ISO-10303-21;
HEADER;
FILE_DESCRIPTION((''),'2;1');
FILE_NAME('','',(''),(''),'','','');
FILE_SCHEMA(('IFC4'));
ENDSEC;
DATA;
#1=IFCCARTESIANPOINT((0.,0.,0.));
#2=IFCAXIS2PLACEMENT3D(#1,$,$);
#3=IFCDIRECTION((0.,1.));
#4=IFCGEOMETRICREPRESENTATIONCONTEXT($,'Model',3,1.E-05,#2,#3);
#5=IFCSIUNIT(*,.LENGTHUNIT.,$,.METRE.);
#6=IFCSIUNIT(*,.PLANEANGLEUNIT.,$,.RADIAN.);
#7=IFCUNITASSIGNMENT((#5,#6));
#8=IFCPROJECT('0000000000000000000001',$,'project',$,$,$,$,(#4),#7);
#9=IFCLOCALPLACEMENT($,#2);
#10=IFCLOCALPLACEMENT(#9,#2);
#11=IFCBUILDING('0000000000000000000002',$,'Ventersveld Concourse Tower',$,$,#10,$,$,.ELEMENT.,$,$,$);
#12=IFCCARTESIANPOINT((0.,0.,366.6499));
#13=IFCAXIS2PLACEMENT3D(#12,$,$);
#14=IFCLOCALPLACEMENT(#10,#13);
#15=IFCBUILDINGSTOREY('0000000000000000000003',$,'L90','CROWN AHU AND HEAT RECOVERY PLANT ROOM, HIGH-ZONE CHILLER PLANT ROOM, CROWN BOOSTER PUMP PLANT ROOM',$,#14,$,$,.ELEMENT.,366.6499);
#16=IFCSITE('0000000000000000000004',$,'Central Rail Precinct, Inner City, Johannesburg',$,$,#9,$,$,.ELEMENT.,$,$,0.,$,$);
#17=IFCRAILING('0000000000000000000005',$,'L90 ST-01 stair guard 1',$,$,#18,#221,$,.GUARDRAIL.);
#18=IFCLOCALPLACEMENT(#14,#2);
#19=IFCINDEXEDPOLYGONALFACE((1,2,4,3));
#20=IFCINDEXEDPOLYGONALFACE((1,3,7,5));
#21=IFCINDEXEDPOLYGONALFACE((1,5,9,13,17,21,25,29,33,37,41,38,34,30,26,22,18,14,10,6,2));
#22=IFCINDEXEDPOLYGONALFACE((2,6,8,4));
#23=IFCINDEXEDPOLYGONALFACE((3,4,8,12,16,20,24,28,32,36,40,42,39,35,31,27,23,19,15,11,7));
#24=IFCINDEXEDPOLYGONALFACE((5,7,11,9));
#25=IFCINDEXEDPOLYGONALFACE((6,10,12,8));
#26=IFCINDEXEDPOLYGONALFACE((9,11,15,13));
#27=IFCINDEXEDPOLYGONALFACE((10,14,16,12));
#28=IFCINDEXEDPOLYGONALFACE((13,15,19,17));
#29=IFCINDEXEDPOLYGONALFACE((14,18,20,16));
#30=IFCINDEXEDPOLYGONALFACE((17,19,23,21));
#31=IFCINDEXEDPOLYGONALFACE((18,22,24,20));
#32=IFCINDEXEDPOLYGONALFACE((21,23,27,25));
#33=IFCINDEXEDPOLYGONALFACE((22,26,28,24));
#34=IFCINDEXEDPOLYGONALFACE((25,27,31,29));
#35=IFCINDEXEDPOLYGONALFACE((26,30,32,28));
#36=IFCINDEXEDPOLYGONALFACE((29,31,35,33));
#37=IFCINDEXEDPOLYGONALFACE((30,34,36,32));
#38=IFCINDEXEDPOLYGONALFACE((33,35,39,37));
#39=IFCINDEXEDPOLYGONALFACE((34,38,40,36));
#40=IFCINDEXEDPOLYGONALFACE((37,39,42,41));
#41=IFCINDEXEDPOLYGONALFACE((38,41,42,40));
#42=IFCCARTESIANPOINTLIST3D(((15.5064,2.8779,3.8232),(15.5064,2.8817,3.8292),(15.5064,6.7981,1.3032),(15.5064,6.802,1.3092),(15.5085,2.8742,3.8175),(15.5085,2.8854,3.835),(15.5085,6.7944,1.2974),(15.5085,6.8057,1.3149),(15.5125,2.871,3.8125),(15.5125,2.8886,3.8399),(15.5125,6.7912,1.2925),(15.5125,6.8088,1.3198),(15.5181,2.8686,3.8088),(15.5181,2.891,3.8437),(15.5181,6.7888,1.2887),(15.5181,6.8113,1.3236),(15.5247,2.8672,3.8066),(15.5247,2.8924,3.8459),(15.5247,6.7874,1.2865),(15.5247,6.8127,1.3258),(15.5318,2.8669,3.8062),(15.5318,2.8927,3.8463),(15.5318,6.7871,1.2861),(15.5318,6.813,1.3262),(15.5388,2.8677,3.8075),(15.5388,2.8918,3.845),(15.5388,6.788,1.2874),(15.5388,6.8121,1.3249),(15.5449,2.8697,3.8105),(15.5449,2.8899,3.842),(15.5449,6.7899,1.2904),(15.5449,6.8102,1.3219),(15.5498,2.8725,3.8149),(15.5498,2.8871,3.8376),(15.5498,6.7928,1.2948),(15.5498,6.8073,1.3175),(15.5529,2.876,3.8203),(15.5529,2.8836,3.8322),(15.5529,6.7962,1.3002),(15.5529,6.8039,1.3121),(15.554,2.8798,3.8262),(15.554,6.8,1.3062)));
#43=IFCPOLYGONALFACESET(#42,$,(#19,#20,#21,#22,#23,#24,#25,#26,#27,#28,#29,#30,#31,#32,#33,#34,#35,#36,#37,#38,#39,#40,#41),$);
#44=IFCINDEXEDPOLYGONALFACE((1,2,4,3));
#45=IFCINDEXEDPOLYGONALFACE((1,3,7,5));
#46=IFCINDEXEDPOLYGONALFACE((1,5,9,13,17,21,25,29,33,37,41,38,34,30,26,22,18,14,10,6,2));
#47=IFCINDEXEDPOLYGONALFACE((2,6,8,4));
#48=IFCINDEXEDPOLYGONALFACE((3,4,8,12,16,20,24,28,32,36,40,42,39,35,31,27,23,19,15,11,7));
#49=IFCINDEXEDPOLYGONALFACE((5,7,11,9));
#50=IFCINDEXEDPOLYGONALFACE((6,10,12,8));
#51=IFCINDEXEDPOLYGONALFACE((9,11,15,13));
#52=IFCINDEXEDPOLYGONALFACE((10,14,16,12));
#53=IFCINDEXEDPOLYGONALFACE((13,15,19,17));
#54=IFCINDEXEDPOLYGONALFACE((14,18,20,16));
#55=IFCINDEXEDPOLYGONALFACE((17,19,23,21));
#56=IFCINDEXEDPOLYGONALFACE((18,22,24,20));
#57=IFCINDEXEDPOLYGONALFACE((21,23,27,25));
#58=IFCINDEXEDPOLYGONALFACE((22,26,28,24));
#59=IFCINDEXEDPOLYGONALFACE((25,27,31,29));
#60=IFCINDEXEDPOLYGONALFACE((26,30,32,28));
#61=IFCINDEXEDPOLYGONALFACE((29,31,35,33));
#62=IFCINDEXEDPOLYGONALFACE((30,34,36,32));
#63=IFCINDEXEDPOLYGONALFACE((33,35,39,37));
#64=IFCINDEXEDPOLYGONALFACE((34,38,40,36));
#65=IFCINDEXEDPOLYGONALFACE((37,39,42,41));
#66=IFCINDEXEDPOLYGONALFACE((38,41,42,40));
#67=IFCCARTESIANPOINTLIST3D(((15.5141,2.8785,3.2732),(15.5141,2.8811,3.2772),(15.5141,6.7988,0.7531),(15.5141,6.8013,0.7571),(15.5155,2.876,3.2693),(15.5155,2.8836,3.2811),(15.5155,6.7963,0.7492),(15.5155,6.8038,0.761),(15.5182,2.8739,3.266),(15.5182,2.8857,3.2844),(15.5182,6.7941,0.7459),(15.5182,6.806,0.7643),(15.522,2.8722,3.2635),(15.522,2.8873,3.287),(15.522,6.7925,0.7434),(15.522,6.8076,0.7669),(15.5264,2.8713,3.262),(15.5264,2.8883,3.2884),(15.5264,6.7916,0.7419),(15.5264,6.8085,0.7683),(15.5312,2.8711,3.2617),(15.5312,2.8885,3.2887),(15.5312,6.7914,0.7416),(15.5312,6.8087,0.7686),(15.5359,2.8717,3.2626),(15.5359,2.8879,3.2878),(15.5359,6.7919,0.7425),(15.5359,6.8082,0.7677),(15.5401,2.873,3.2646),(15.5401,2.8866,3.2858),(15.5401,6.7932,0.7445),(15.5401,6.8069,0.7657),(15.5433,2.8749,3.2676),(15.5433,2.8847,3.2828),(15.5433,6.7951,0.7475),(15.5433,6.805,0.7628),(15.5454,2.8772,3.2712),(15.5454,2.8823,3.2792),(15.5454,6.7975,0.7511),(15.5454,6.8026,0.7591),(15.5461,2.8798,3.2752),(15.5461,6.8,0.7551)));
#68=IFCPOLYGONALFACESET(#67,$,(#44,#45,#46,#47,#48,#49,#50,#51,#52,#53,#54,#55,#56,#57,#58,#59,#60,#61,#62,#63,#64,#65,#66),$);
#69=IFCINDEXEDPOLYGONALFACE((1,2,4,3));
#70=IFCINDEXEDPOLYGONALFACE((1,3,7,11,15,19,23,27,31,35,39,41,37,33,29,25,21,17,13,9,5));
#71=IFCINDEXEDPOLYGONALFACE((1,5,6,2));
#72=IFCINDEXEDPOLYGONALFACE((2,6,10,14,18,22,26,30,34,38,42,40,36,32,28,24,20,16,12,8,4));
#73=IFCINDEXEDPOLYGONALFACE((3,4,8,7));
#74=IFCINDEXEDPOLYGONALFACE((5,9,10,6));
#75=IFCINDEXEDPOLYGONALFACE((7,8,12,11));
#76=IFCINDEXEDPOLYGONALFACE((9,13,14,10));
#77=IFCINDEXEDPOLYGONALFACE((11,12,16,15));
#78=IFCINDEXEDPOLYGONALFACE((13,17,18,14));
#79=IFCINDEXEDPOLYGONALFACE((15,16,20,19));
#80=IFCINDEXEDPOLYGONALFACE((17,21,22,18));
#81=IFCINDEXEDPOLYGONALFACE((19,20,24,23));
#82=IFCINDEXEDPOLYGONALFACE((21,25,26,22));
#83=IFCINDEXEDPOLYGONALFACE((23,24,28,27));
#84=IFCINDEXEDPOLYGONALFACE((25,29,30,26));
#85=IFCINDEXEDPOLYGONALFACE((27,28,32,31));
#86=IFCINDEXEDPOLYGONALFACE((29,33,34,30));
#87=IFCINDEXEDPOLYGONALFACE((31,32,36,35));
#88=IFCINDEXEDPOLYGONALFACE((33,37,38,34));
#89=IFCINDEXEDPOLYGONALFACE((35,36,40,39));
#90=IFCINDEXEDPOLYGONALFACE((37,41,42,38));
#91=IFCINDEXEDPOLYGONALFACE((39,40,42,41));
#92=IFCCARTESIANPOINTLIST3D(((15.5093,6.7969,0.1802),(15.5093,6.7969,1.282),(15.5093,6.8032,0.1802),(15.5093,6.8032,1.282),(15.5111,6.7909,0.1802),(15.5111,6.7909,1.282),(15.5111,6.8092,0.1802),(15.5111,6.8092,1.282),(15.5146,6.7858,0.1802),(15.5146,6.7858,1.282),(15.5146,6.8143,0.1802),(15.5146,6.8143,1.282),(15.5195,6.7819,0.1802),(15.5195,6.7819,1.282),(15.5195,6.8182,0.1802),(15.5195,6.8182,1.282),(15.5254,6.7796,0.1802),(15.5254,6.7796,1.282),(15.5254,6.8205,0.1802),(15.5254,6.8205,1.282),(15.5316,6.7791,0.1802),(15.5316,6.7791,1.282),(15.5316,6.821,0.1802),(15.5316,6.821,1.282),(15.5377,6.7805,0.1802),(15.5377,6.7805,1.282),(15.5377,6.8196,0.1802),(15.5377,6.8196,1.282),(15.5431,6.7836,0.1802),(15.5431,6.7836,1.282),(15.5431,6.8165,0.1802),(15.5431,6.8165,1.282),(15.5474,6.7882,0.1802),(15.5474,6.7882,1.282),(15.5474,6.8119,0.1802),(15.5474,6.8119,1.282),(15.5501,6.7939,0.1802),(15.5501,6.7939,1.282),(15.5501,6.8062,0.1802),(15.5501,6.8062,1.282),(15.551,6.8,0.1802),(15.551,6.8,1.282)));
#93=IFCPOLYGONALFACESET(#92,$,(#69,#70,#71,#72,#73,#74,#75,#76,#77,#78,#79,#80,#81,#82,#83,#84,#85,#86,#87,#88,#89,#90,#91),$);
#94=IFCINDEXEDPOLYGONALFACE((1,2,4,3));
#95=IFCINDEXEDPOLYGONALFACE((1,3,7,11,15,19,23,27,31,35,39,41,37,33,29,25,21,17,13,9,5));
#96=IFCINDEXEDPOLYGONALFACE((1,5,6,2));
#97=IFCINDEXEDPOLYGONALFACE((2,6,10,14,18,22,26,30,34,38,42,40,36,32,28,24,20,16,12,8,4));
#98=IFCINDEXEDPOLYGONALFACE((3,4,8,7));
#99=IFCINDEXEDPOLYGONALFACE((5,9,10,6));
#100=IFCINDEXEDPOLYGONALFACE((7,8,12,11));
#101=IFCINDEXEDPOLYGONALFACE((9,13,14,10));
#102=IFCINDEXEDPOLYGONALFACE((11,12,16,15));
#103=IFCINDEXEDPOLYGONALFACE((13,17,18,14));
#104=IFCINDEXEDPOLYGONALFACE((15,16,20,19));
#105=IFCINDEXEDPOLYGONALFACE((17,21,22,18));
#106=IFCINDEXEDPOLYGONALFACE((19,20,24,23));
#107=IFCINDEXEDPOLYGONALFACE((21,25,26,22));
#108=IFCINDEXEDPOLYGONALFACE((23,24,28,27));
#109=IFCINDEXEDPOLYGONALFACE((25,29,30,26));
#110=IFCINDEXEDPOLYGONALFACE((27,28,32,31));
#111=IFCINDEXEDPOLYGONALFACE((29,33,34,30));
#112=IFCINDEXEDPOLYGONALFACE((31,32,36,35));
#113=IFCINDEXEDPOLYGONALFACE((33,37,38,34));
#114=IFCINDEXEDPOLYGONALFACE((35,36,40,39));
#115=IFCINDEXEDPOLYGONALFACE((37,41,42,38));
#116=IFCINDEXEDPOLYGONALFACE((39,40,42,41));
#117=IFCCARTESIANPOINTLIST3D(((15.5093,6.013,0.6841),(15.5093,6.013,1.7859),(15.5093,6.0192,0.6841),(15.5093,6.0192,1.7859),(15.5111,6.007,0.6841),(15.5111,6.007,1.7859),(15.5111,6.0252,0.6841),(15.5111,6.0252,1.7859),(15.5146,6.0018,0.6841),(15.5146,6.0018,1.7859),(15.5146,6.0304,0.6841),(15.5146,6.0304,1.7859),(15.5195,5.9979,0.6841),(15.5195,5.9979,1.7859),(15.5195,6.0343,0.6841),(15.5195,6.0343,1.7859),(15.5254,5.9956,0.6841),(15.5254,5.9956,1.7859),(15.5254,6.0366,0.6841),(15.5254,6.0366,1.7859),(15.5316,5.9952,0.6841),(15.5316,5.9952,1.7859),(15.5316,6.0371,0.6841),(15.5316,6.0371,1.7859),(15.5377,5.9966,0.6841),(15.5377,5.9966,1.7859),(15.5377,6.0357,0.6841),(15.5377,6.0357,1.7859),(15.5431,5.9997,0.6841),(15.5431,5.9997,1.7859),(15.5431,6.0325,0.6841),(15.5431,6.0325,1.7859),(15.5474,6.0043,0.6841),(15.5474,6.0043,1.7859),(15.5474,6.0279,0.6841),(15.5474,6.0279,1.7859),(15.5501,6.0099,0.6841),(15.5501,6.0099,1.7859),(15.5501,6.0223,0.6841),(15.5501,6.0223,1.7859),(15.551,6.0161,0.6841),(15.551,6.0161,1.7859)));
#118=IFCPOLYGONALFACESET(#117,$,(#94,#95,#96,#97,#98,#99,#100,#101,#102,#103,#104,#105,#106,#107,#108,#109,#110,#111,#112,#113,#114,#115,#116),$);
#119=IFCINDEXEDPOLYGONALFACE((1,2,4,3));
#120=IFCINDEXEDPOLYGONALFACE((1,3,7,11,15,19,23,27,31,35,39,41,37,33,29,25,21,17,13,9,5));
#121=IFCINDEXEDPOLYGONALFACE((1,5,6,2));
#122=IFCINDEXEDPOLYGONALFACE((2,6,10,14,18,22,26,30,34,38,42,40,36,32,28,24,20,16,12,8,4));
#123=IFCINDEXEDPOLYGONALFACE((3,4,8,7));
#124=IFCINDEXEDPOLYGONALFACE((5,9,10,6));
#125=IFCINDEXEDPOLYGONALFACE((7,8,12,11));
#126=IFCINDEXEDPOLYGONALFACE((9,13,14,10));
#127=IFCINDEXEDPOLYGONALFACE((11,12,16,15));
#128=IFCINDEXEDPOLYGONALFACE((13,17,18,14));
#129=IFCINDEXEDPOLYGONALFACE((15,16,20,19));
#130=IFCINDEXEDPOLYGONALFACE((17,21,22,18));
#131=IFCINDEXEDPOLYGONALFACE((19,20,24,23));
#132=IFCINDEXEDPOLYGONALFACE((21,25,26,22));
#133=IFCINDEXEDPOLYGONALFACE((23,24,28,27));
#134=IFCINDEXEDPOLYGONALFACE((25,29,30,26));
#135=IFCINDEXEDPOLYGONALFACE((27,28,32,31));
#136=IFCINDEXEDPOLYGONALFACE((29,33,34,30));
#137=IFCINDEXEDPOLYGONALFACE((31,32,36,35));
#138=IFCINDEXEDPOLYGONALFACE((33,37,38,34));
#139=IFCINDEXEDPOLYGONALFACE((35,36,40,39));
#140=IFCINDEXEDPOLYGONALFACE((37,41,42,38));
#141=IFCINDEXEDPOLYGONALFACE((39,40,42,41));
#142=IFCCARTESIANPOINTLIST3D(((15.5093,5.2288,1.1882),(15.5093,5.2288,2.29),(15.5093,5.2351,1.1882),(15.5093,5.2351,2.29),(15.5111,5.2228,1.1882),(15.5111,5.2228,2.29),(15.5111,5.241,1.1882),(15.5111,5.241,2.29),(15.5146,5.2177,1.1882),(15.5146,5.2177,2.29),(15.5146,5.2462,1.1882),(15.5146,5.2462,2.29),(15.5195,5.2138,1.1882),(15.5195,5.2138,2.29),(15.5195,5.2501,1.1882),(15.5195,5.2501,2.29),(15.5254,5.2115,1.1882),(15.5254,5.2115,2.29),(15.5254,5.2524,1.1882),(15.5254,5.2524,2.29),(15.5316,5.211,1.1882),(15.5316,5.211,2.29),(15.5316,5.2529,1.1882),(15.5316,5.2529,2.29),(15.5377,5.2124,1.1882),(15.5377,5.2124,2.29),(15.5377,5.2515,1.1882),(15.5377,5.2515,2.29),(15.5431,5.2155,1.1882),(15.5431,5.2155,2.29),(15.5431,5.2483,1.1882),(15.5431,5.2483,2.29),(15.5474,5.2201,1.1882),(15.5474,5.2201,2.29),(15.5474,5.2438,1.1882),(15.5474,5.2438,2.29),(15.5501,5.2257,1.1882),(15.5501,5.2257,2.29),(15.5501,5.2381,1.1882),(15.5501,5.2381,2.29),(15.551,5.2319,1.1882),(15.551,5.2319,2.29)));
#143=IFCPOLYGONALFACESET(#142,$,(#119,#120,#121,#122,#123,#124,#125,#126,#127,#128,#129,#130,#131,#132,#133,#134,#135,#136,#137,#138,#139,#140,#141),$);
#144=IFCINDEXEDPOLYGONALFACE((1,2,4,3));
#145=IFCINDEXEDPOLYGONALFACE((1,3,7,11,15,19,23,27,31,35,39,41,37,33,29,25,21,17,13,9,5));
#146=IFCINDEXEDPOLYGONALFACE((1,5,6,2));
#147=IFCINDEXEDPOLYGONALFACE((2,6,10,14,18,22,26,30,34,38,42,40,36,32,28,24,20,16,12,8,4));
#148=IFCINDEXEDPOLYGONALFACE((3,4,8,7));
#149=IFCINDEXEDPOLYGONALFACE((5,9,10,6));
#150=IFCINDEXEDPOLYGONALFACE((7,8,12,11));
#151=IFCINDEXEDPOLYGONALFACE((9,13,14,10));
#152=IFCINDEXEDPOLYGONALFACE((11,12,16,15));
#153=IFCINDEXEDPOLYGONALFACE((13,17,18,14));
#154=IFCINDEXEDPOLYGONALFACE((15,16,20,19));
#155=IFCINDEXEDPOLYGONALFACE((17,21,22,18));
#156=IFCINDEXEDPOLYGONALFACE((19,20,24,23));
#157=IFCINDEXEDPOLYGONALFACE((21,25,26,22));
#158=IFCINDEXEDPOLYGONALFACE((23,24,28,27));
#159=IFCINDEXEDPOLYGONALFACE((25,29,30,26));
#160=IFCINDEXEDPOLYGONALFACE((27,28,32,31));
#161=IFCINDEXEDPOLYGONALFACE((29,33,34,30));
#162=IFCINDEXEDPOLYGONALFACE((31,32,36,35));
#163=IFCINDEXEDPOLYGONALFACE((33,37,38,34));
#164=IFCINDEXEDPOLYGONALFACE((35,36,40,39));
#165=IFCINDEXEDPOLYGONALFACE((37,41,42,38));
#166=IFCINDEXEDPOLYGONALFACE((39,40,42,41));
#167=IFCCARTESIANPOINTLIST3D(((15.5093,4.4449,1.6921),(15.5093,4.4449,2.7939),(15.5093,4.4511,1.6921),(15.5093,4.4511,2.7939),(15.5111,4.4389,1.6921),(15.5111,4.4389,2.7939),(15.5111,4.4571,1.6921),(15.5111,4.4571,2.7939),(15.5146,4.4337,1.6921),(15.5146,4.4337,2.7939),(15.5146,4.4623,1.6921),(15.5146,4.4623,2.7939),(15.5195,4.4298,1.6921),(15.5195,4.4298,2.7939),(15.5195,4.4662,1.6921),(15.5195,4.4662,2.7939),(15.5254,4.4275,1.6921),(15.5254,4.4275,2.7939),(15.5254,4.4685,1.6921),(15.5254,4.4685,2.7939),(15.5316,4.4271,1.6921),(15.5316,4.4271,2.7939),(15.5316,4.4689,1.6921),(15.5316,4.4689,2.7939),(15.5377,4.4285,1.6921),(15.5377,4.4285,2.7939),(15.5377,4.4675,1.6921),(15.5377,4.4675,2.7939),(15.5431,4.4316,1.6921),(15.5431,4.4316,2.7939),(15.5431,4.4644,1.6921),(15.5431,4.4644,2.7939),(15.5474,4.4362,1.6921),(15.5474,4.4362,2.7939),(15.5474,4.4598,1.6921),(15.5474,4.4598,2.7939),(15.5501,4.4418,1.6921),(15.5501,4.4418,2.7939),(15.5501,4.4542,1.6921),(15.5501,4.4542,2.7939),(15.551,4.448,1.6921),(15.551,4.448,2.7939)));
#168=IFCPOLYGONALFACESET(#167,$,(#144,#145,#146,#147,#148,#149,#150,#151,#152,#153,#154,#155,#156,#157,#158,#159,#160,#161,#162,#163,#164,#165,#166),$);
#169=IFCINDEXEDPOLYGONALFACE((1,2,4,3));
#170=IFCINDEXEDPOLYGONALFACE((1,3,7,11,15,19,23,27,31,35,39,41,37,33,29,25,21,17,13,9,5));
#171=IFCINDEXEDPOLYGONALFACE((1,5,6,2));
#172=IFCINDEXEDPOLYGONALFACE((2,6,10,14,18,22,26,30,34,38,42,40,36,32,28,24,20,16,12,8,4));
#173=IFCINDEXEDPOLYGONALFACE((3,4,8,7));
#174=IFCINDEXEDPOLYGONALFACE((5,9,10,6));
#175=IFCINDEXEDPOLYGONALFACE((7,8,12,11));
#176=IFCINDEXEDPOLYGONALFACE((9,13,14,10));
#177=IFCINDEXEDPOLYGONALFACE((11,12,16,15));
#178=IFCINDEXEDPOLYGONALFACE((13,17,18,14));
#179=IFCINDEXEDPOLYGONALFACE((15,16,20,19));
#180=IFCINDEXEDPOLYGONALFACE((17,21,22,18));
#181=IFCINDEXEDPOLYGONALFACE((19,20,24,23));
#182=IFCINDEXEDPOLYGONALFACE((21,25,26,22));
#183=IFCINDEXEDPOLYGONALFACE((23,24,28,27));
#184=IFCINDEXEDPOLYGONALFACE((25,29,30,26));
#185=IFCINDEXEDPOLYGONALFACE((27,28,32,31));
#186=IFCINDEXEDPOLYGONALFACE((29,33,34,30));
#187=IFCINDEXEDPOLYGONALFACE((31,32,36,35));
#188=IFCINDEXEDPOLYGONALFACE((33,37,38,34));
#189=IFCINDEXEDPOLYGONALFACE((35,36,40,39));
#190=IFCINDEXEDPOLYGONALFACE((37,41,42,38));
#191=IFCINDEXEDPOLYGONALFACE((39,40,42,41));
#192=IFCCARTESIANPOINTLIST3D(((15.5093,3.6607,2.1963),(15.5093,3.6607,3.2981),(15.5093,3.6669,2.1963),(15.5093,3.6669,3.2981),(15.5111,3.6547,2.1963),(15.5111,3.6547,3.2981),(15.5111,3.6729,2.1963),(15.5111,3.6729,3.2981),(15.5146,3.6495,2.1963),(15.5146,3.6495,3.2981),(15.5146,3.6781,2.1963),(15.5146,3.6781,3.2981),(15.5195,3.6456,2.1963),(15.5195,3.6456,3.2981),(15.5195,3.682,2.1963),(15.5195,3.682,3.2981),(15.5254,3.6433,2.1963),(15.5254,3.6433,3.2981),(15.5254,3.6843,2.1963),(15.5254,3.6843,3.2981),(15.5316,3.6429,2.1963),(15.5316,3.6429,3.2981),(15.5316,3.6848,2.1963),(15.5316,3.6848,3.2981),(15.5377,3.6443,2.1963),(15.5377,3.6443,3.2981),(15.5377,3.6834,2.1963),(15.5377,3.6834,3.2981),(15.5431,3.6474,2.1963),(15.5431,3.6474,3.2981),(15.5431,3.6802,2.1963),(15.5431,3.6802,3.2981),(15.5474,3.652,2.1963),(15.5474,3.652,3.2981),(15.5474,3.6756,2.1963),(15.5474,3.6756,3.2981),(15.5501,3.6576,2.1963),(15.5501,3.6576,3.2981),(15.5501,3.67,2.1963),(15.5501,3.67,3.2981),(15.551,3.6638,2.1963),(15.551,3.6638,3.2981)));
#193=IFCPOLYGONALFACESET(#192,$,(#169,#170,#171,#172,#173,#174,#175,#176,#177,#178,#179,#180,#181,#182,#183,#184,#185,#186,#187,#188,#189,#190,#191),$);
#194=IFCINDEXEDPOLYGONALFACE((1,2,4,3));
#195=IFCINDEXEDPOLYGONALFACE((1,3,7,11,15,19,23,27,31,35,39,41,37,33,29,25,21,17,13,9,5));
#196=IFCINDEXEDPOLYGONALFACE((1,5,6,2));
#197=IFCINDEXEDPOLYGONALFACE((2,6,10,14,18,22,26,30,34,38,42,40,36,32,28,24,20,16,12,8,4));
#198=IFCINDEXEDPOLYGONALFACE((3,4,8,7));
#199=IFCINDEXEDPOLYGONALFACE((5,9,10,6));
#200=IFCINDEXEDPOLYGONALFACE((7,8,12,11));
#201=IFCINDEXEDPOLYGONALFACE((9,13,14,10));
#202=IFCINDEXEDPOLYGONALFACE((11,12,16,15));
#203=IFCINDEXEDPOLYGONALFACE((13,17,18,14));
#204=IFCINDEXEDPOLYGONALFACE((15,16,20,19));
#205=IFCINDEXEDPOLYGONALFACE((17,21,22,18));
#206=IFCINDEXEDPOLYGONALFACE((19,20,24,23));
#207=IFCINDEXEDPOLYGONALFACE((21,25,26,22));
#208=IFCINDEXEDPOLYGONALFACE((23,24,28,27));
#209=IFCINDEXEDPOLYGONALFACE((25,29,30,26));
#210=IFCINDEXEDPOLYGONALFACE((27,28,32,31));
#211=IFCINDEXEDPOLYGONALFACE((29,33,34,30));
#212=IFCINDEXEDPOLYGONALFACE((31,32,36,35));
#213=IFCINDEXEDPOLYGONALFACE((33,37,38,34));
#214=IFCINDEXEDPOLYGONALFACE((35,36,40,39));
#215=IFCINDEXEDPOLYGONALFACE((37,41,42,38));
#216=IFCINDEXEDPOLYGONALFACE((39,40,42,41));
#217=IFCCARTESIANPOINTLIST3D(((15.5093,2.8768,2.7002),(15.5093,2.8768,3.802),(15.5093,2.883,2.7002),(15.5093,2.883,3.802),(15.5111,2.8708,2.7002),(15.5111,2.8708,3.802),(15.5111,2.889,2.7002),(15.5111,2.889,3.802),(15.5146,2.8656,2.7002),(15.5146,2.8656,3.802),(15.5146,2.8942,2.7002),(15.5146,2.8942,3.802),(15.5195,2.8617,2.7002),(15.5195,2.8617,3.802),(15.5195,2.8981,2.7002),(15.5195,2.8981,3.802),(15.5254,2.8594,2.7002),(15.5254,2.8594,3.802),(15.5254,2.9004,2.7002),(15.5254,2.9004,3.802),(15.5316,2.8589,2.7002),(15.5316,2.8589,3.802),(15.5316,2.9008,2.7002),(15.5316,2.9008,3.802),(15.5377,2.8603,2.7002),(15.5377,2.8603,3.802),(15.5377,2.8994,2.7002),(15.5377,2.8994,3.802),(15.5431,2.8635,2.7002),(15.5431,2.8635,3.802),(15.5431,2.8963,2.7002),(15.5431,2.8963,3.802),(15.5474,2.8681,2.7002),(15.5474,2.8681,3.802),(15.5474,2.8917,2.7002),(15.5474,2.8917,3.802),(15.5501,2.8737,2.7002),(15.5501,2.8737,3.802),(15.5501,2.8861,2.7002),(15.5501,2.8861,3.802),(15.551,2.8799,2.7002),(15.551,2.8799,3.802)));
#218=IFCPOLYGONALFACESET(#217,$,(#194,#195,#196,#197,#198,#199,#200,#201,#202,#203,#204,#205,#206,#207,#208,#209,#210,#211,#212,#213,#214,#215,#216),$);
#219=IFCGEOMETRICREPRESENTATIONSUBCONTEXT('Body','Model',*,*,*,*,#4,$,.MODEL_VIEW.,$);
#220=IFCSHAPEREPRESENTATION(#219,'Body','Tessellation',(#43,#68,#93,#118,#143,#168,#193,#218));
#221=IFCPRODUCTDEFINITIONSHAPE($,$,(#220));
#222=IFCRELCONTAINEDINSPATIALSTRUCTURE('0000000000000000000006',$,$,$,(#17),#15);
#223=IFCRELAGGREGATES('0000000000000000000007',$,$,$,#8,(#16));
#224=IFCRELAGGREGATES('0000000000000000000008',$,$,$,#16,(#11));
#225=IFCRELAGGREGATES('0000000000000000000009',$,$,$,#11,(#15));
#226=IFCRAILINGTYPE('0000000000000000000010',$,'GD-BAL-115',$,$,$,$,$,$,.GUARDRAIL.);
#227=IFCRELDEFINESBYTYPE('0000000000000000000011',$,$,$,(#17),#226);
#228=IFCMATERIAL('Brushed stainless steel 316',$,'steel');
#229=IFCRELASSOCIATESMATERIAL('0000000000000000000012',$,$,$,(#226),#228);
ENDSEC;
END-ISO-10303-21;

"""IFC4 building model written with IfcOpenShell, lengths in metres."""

from ifc_helpers import new_model, si_unit, direction, frame, origin, origin_2d, place, context, subcontext, project, spatial, circle, extrude, material, type_object, element, save


model = new_model("IFC4")

# Units and contexts
model_context = context("Model", 3, precision=1e-05, world=origin(), true_north=direction((0.0, 1.0)))
body_context = subcontext(model_context, "Body", "Model", "MODEL_VIEW")
ifc_project = project(units=[si_unit("LENGTHUNIT", "METRE"), si_unit("PLANEANGLEUNIT", "RADIAN")], contexts=[model_context])

# Site, building, storey
site_placement = place(None, origin())
site = spatial("IfcSite", under=ifc_project, at=site_placement, Name="Central Rail Precinct, Inner City, Johannesburg", CompositionType="ELEMENT", RefElevation=0.0)
building_placement = place(site_placement, origin())
building = spatial("IfcBuilding", under=site, at=building_placement, Name="Ventersveld Concourse Tower", CompositionType="ELEMENT")
storey_placement = place(building_placement, frame((0.0, 0.0, 366.6499)))
storey = spatial("IfcBuildingStorey", under=building, at=storey_placement, Name="L90", Description="CROWN AHU AND HEAT RECOVERY PLANT ROOM, HIGH-ZONE CHILLER PLANT ROOM, CROWN BOOSTER PUMP PLANT ROOM", CompositionType="ELEMENT", Elevation=366.6499)

# Shared definitions
ifc_material_1 = material(Name="Brushed stainless steel 316", Category="steel")

# Railing
railing_type_1 = type_object("IfcRailingType", Name="GD-BAL-115", PredefinedType="GUARDRAIL", material=ifc_material_1)
railing_1_placement = place(storey_placement, frame((15.53, 6.8, 0.1802)))
element("IfcRailing", 1, at=railing_1_placement, inside=storey, type_object=railing_type_1, Name="L90 ST-01 stair guard 1", PredefinedType="GUARDRAIL", context=body_context, shape_type="SweptSolid", body=[
    extrude(circle(Radius=0.0239, at=origin_2d()), frame((0.0, 0.0, 1.126), z_axis=(0.0, -0.841187, 0.540744), x_axis=(1.0, 0.0, 0.0)), (0.0, 0.0, 1.0), 4.6604),
    extrude(circle(Radius=0.0161, at=origin_2d()), frame((0.0, 0.0, 0.575), z_axis=(0.0, -0.841187, 0.540744), x_axis=(1.0, 0.0, 0.0)), (0.0, 0.0, 1.0), 4.6604),
    extrude(circle(Radius=0.021, at=origin_2d()), origin(), (0.0, 0.0, 1.0), 1.1018),
    extrude(circle(Radius=0.021, at=origin_2d()), frame((0.0, -0.7839, 0.5039)), (0.0, 0.0, 1.0), 1.1018),
    extrude(circle(Radius=0.021, at=origin_2d()), frame((0.0, -1.5681, 1.0081)), (0.0, 0.0, 1.0), 1.1018),
    extrude(circle(Radius=0.021, at=origin_2d()), frame((0.0, -2.3521, 1.512)), (0.0, 0.0, 1.0), 1.1018),
    extrude(circle(Radius=0.021, at=origin_2d()), frame((0.0, -3.1362, 2.0161)), (0.0, 0.0, 1.0), 1.1018),
    extrude(circle(Radius=0.021, at=origin_2d()), frame((0.0, -3.9202, 2.52)), (0.0, 0.0, 1.0), 1.1018),
])

save(model, "model.ifc")
